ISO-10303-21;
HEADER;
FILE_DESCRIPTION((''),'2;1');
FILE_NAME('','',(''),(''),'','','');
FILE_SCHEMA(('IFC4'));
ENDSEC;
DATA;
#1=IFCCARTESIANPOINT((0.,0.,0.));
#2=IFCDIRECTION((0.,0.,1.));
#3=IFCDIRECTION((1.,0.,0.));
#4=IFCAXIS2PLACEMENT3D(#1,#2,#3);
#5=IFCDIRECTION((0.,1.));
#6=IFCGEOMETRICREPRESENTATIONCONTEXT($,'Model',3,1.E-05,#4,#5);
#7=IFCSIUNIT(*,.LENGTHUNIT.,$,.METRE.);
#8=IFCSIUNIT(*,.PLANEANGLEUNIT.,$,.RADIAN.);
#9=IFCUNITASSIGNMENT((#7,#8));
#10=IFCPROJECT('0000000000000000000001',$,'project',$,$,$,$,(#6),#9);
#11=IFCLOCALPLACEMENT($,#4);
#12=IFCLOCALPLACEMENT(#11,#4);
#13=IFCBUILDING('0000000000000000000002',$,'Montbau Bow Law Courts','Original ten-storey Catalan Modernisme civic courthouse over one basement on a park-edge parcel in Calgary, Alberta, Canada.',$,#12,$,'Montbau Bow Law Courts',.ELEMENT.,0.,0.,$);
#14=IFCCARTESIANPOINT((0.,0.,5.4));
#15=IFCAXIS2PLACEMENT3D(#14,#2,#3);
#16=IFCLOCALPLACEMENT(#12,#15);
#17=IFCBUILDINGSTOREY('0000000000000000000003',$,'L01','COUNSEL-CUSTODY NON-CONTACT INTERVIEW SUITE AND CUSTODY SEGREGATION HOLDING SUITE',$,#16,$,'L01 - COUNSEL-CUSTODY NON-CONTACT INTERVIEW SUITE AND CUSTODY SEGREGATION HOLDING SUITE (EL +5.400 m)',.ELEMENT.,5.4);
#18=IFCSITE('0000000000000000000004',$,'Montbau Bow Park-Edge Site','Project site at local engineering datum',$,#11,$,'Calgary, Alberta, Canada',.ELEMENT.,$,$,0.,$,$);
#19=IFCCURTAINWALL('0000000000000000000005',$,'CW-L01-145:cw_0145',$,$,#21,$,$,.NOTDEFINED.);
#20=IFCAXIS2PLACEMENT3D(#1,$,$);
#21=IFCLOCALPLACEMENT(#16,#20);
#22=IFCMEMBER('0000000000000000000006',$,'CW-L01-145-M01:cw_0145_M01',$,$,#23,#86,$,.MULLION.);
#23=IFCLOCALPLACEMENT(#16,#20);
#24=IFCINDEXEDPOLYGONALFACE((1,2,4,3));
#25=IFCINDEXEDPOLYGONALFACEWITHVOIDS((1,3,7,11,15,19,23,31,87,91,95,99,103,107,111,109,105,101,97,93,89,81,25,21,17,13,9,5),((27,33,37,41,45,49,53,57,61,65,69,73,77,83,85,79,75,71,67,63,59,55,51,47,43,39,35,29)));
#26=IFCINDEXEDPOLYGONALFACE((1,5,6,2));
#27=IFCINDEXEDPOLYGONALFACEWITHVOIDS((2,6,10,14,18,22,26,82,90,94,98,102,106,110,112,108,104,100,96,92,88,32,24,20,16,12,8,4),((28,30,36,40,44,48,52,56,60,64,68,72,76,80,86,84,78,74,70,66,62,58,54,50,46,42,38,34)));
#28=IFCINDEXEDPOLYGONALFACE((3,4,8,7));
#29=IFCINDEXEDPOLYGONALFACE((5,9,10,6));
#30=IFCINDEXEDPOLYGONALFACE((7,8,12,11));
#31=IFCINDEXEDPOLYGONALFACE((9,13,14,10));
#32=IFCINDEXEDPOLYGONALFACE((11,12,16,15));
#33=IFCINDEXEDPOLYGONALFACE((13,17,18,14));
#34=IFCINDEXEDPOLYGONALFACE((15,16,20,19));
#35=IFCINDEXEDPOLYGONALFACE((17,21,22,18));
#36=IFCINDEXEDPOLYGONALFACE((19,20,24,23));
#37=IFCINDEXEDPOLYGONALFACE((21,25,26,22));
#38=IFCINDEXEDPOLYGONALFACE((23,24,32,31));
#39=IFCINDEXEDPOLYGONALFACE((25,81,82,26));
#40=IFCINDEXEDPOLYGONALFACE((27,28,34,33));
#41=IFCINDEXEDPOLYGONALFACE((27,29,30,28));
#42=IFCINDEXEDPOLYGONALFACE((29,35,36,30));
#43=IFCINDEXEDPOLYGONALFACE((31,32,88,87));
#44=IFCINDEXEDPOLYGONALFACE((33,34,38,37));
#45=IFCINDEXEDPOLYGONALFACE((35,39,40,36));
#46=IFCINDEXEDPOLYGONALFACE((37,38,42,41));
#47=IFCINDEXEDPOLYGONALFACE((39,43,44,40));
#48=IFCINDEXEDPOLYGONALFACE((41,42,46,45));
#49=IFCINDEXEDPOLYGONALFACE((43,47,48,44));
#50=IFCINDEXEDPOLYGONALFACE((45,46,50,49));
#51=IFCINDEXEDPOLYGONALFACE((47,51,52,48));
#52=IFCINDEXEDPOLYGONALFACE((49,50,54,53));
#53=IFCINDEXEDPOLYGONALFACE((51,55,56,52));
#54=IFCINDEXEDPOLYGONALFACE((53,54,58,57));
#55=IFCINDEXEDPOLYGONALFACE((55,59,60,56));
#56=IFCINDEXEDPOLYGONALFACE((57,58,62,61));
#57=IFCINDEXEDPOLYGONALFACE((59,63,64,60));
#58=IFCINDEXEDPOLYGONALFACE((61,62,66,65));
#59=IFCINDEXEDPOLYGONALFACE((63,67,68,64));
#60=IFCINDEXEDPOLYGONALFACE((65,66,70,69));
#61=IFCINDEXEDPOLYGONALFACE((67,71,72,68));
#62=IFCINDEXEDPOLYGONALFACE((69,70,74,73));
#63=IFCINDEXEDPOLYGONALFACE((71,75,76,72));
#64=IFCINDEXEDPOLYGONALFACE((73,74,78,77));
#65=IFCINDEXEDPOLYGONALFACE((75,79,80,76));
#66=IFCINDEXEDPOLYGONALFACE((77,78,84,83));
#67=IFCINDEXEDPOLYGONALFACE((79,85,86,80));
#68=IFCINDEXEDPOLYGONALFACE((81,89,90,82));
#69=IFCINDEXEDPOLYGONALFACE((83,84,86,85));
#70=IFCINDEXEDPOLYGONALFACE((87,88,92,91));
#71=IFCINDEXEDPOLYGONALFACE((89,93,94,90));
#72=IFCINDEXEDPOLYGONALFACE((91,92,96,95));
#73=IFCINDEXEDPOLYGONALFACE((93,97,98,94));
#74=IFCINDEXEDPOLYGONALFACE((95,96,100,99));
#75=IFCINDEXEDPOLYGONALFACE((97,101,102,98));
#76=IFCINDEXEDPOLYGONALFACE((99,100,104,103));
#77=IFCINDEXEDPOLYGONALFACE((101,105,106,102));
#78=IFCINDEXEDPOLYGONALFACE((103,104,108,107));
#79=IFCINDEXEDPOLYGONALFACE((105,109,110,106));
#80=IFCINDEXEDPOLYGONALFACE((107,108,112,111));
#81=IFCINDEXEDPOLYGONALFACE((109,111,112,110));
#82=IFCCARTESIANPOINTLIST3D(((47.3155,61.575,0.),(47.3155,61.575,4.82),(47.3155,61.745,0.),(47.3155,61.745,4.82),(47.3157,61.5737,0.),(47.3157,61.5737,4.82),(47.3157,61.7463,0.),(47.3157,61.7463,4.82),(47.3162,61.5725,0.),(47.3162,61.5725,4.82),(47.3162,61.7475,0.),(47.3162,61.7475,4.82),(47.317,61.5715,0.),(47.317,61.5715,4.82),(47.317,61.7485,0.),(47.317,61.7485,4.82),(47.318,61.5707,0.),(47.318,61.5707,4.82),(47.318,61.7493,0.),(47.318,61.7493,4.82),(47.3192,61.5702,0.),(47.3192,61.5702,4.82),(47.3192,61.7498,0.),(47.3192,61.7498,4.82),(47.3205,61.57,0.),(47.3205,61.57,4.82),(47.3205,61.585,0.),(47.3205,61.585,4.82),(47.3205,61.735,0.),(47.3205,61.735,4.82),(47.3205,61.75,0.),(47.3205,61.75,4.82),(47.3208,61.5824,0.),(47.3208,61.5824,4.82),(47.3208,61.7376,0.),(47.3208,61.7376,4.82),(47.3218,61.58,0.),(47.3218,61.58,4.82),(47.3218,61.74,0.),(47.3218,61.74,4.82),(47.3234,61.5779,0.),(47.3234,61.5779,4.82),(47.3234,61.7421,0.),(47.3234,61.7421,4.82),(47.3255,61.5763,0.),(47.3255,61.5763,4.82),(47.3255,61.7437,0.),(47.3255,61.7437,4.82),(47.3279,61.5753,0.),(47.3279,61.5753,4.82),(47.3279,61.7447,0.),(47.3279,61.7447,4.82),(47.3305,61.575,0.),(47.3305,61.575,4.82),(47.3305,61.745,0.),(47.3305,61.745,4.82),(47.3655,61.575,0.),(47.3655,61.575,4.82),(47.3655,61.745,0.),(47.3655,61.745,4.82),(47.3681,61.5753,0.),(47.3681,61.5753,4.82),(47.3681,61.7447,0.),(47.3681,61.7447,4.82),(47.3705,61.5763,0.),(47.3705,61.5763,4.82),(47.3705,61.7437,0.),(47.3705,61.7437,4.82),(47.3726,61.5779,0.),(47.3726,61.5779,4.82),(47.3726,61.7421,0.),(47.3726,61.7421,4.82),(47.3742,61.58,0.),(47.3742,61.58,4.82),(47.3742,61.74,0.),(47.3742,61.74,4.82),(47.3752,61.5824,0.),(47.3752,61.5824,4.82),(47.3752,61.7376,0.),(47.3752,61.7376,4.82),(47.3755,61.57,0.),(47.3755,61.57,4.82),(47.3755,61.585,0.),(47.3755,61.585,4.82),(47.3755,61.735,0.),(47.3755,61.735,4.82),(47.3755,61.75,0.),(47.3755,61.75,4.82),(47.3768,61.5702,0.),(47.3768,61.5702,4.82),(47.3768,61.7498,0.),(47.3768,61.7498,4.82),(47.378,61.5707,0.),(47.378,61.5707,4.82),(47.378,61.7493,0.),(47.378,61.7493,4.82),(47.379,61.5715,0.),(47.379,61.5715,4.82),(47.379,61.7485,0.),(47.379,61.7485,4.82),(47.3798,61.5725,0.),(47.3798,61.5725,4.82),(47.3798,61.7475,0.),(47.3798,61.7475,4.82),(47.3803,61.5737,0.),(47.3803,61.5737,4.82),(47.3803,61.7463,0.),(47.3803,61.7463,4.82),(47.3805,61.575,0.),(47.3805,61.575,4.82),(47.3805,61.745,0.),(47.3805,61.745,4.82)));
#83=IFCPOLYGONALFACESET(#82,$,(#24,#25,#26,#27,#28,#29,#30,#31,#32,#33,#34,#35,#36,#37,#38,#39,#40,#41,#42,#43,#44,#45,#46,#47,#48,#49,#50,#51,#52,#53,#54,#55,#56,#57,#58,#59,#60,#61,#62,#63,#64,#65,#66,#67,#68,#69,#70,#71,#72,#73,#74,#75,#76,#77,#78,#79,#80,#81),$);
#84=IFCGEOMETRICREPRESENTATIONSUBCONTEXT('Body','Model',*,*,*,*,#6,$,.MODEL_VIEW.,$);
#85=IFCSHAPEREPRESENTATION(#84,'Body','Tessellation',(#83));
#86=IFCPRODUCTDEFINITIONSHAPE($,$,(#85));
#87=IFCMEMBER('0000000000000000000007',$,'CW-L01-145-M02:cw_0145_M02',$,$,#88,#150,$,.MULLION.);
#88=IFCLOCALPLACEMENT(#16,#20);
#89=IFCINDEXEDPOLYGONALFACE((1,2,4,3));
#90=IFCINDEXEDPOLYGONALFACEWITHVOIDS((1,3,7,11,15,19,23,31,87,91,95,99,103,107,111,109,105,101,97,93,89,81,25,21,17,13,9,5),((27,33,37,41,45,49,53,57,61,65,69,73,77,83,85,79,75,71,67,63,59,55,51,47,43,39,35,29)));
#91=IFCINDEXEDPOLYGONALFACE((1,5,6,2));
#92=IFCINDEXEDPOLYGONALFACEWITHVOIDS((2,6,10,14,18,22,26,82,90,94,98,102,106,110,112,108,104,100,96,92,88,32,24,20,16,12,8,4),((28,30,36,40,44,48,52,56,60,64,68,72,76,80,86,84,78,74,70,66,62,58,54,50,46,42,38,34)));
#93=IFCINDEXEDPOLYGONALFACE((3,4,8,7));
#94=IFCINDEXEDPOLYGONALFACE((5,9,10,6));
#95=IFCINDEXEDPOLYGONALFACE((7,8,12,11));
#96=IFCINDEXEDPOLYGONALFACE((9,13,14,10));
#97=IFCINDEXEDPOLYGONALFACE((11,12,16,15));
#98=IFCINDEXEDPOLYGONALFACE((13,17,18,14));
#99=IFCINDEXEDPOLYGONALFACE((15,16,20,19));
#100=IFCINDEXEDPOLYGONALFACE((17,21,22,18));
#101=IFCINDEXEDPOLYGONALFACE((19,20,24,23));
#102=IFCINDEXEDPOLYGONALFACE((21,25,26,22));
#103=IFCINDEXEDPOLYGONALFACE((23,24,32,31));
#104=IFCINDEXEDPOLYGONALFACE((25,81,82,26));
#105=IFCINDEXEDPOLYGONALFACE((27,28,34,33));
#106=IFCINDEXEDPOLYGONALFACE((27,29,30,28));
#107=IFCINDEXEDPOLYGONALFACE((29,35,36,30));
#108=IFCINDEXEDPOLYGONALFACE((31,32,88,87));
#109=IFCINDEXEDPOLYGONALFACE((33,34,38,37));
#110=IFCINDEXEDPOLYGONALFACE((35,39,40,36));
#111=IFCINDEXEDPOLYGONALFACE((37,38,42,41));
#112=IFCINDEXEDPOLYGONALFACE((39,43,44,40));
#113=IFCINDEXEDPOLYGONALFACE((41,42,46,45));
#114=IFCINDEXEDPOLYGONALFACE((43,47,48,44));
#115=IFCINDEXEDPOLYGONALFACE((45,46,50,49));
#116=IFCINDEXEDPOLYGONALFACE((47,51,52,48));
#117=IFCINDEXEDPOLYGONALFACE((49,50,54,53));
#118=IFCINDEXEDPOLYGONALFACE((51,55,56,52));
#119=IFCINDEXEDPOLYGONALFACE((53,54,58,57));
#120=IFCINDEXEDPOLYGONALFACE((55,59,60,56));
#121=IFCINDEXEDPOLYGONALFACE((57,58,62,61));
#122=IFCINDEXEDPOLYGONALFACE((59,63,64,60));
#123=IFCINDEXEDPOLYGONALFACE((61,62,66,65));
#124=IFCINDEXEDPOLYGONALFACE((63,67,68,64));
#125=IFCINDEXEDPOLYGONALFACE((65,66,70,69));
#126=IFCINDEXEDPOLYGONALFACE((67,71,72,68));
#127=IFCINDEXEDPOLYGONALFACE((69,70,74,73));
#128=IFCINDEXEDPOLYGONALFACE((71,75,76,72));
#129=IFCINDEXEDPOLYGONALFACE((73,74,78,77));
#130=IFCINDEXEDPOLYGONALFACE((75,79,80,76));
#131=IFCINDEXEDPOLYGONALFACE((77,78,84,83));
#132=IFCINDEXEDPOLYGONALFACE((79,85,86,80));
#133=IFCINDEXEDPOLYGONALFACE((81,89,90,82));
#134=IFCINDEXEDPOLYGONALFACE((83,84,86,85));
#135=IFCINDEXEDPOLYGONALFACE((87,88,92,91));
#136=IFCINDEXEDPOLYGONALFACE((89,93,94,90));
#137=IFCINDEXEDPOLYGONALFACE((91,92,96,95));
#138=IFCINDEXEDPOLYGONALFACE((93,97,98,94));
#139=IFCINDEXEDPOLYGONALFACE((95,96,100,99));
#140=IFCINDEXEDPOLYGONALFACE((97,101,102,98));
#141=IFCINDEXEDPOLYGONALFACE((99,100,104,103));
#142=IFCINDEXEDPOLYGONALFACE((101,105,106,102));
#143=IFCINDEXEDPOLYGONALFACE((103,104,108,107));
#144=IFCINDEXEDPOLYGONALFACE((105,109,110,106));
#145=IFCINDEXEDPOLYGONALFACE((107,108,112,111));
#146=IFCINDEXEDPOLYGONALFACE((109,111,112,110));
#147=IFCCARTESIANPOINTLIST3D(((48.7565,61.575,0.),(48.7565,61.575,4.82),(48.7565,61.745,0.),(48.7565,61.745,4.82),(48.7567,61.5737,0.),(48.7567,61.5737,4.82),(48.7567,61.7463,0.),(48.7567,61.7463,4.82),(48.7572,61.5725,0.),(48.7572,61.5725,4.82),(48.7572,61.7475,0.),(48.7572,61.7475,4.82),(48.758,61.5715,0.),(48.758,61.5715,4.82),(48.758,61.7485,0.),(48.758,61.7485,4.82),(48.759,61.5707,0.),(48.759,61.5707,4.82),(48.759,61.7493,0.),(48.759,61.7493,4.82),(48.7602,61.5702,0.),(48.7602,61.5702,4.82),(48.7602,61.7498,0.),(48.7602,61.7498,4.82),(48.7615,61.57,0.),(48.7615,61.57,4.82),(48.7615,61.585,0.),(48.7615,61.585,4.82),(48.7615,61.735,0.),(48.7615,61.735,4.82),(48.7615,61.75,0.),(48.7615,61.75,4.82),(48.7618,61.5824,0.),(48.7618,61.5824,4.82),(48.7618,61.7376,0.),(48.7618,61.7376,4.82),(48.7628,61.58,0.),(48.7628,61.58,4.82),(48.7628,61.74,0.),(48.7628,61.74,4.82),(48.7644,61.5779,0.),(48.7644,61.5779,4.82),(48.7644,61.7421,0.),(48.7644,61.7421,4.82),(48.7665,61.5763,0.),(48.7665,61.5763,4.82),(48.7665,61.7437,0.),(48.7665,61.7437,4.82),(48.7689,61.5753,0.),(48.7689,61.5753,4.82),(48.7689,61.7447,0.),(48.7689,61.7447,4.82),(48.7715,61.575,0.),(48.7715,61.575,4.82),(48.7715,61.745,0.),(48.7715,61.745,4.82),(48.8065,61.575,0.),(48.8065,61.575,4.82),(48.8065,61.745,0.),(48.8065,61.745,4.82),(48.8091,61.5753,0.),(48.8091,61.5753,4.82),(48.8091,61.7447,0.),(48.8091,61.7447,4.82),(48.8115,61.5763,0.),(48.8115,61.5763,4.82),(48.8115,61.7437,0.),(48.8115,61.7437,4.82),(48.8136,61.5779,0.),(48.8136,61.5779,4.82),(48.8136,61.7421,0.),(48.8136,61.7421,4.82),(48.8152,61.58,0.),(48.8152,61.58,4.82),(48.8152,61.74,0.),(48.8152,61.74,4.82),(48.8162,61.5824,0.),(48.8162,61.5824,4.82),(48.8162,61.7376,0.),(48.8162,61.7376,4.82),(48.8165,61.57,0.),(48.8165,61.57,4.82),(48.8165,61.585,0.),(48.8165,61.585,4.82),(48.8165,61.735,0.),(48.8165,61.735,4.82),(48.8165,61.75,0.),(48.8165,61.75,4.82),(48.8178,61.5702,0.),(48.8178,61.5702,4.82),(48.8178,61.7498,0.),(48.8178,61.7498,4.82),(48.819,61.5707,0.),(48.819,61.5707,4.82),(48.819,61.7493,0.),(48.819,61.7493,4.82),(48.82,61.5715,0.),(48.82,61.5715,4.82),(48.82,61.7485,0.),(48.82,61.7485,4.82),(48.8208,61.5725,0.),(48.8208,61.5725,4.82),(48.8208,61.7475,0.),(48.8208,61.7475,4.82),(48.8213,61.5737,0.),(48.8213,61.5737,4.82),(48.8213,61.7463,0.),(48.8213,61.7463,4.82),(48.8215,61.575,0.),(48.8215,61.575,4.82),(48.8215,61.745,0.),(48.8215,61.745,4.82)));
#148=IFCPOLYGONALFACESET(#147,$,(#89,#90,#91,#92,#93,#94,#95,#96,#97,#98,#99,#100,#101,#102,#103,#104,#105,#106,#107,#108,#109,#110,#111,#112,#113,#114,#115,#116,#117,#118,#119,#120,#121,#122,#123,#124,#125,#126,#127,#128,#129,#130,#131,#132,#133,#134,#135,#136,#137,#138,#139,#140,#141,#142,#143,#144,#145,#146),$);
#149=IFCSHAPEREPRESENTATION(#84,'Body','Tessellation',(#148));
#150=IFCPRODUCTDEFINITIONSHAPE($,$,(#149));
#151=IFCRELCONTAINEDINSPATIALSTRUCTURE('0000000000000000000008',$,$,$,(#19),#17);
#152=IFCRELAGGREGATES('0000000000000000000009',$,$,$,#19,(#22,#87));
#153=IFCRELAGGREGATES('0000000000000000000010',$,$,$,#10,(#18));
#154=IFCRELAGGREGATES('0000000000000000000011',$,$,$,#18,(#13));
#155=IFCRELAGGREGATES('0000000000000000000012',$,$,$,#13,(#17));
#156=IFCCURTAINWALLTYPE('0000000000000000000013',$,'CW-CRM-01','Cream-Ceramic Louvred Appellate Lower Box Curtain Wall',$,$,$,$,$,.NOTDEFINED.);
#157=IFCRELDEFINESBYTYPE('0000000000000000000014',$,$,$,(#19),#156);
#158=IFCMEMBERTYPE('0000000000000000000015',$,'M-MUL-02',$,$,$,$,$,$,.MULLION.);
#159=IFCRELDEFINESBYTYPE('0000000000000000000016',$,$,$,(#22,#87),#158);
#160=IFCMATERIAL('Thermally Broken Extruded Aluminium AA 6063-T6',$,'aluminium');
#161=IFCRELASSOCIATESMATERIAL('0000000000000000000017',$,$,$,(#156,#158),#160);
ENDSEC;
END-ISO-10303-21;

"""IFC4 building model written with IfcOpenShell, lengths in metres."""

from ifc_helpers import new_model, si_unit, direction, frame, origin_with_axes, origin_2d_with_axis, place, context, subcontext, project, spatial, hollow_rectangle, extrude, material, material_profile, profile_set, type_object, element, aggregate, save


model = new_model("IFC4")

# Units and contexts
model_context = context("Model", 3, precision=1e-05, world=origin_with_axes(), true_north=direction((0.0, 1.0)))
body_context = subcontext(model_context, "Body", "Model", "MODEL_VIEW")
ifc_project = project(units=[si_unit("LENGTHUNIT", "METRE"), si_unit("PLANEANGLEUNIT", "RADIAN")], contexts=[model_context])

# Site, building, storey
site_placement = place(None, origin_with_axes())
site = spatial("IfcSite", under=ifc_project, at=site_placement, Name="Montbau Bow Park-Edge Site", Description="Project site at local engineering datum", LongName="Calgary, Alberta, Canada", CompositionType="ELEMENT", RefElevation=0.0)
building_placement = place(site_placement, origin_with_axes())
building = spatial("IfcBuilding", under=site, at=building_placement, Name="Montbau Bow Law Courts", Description="Original ten-storey Catalan Modernisme civic courthouse over one basement on a park-edge parcel in Calgary, Alberta, Canada.", LongName="Montbau Bow Law Courts", CompositionType="ELEMENT", ElevationOfRefHeight=0.0, ElevationOfTerrain=0.0)
storey_placement = place(building_placement, frame((0.0, 0.0, 5.4), z_axis=(0.0, 0.0, 1.0), x_axis=(1.0, 0.0, 0.0)))
storey = spatial("IfcBuildingStorey", under=building, at=storey_placement, Name="L01", Description="COUNSEL-CUSTODY NON-CONTACT INTERVIEW SUITE AND CUSTODY SEGREGATION HOLDING SUITE", LongName="L01 - COUNSEL-CUSTODY NON-CONTACT INTERVIEW SUITE AND CUSTODY SEGREGATION HOLDING SUITE (EL +5.400 m)", CompositionType="ELEMENT", Elevation=5.4)

# Shared definitions
ifc_material_1 = material(Name="Thermally Broken Extruded Aluminium AA 6063-T6", Category="aluminium")
curtain_wall_type = type_object("IfcCurtainWallType", Name="CW-CRM-01", Description="Cream-Ceramic Louvred Appellate Lower Box Curtain Wall", PredefinedType="NOTDEFINED", material=ifc_material_1)

# Curtain wall, members
curtain_wall_1_placement = place(None, frame((47.315, 61.66, 5.4), z_axis=(0.0, 0.0, 1.0), x_axis=(1.0, 0.0, 0.0)))
curtain_wall_1 = element("IfcCurtainWall", 1, at=curtain_wall_1_placement, inside=storey, type_object=curtain_wall_type, Name="CW-L01-145:cw_0145", PredefinedType="NOTDEFINED")
ifc_material_profile_1 = material_profile(ifc_material_1, hollow_rectangle(XDim=0.065, YDim=0.18, WallThickness=0.005, InnerFilletRadius=0.01, OuterFilletRadius=0.005, at=origin_2d_with_axis()), Name="CWM-180X65", Category="Main", Priority=0)
ifc_profile_set_1 = profile_set([ifc_material_profile_1], Name="Thermally Broken Extruded Aluminium AA 6063-T6")
member_type_1 = type_object("IfcMemberType", Name="M-MUL-02", PredefinedType="MULLION", material=ifc_profile_set_1)
member_1_placement = place(None, frame((47.348, 61.66, 5.4), z_axis=(0.0, 0.0, 1.0), x_axis=(1.0, 0.0, 0.0)))
member_1 = element("IfcMember", 2, at=member_1_placement, type_object=member_type_1, Name="CW-L01-145-M01:cw_0145_M01", PredefinedType="MULLION", context=body_context, shape_type="SweptSolid", body=[
    extrude(hollow_rectangle(XDim=0.065, YDim=0.18, WallThickness=0.005, InnerFilletRadius=0.01, OuterFilletRadius=0.005, at=origin_2d_with_axis()), origin_with_axes(), (0.0, 0.0, 1.0), 4.82),
])
member_2_placement = place(None, frame((48.789, 61.66, 5.4), z_axis=(0.0, 0.0, 1.0), x_axis=(1.0, 0.0, 0.0)))
member_2 = element("IfcMember", 3, at=member_2_placement, type_object=member_type_1, Name="CW-L01-145-M02:cw_0145_M02", PredefinedType="MULLION", context=body_context, shape_type="SweptSolid", body=[
    extrude(hollow_rectangle(XDim=0.065, YDim=0.18, WallThickness=0.005, InnerFilletRadius=0.01, OuterFilletRadius=0.005, at=origin_2d_with_axis()), origin_with_axes(), (0.0, 0.0, 1.0), 4.82),
])
aggregate(curtain_wall_1, [member_1, member_2])

save(model, "model.ifc")
